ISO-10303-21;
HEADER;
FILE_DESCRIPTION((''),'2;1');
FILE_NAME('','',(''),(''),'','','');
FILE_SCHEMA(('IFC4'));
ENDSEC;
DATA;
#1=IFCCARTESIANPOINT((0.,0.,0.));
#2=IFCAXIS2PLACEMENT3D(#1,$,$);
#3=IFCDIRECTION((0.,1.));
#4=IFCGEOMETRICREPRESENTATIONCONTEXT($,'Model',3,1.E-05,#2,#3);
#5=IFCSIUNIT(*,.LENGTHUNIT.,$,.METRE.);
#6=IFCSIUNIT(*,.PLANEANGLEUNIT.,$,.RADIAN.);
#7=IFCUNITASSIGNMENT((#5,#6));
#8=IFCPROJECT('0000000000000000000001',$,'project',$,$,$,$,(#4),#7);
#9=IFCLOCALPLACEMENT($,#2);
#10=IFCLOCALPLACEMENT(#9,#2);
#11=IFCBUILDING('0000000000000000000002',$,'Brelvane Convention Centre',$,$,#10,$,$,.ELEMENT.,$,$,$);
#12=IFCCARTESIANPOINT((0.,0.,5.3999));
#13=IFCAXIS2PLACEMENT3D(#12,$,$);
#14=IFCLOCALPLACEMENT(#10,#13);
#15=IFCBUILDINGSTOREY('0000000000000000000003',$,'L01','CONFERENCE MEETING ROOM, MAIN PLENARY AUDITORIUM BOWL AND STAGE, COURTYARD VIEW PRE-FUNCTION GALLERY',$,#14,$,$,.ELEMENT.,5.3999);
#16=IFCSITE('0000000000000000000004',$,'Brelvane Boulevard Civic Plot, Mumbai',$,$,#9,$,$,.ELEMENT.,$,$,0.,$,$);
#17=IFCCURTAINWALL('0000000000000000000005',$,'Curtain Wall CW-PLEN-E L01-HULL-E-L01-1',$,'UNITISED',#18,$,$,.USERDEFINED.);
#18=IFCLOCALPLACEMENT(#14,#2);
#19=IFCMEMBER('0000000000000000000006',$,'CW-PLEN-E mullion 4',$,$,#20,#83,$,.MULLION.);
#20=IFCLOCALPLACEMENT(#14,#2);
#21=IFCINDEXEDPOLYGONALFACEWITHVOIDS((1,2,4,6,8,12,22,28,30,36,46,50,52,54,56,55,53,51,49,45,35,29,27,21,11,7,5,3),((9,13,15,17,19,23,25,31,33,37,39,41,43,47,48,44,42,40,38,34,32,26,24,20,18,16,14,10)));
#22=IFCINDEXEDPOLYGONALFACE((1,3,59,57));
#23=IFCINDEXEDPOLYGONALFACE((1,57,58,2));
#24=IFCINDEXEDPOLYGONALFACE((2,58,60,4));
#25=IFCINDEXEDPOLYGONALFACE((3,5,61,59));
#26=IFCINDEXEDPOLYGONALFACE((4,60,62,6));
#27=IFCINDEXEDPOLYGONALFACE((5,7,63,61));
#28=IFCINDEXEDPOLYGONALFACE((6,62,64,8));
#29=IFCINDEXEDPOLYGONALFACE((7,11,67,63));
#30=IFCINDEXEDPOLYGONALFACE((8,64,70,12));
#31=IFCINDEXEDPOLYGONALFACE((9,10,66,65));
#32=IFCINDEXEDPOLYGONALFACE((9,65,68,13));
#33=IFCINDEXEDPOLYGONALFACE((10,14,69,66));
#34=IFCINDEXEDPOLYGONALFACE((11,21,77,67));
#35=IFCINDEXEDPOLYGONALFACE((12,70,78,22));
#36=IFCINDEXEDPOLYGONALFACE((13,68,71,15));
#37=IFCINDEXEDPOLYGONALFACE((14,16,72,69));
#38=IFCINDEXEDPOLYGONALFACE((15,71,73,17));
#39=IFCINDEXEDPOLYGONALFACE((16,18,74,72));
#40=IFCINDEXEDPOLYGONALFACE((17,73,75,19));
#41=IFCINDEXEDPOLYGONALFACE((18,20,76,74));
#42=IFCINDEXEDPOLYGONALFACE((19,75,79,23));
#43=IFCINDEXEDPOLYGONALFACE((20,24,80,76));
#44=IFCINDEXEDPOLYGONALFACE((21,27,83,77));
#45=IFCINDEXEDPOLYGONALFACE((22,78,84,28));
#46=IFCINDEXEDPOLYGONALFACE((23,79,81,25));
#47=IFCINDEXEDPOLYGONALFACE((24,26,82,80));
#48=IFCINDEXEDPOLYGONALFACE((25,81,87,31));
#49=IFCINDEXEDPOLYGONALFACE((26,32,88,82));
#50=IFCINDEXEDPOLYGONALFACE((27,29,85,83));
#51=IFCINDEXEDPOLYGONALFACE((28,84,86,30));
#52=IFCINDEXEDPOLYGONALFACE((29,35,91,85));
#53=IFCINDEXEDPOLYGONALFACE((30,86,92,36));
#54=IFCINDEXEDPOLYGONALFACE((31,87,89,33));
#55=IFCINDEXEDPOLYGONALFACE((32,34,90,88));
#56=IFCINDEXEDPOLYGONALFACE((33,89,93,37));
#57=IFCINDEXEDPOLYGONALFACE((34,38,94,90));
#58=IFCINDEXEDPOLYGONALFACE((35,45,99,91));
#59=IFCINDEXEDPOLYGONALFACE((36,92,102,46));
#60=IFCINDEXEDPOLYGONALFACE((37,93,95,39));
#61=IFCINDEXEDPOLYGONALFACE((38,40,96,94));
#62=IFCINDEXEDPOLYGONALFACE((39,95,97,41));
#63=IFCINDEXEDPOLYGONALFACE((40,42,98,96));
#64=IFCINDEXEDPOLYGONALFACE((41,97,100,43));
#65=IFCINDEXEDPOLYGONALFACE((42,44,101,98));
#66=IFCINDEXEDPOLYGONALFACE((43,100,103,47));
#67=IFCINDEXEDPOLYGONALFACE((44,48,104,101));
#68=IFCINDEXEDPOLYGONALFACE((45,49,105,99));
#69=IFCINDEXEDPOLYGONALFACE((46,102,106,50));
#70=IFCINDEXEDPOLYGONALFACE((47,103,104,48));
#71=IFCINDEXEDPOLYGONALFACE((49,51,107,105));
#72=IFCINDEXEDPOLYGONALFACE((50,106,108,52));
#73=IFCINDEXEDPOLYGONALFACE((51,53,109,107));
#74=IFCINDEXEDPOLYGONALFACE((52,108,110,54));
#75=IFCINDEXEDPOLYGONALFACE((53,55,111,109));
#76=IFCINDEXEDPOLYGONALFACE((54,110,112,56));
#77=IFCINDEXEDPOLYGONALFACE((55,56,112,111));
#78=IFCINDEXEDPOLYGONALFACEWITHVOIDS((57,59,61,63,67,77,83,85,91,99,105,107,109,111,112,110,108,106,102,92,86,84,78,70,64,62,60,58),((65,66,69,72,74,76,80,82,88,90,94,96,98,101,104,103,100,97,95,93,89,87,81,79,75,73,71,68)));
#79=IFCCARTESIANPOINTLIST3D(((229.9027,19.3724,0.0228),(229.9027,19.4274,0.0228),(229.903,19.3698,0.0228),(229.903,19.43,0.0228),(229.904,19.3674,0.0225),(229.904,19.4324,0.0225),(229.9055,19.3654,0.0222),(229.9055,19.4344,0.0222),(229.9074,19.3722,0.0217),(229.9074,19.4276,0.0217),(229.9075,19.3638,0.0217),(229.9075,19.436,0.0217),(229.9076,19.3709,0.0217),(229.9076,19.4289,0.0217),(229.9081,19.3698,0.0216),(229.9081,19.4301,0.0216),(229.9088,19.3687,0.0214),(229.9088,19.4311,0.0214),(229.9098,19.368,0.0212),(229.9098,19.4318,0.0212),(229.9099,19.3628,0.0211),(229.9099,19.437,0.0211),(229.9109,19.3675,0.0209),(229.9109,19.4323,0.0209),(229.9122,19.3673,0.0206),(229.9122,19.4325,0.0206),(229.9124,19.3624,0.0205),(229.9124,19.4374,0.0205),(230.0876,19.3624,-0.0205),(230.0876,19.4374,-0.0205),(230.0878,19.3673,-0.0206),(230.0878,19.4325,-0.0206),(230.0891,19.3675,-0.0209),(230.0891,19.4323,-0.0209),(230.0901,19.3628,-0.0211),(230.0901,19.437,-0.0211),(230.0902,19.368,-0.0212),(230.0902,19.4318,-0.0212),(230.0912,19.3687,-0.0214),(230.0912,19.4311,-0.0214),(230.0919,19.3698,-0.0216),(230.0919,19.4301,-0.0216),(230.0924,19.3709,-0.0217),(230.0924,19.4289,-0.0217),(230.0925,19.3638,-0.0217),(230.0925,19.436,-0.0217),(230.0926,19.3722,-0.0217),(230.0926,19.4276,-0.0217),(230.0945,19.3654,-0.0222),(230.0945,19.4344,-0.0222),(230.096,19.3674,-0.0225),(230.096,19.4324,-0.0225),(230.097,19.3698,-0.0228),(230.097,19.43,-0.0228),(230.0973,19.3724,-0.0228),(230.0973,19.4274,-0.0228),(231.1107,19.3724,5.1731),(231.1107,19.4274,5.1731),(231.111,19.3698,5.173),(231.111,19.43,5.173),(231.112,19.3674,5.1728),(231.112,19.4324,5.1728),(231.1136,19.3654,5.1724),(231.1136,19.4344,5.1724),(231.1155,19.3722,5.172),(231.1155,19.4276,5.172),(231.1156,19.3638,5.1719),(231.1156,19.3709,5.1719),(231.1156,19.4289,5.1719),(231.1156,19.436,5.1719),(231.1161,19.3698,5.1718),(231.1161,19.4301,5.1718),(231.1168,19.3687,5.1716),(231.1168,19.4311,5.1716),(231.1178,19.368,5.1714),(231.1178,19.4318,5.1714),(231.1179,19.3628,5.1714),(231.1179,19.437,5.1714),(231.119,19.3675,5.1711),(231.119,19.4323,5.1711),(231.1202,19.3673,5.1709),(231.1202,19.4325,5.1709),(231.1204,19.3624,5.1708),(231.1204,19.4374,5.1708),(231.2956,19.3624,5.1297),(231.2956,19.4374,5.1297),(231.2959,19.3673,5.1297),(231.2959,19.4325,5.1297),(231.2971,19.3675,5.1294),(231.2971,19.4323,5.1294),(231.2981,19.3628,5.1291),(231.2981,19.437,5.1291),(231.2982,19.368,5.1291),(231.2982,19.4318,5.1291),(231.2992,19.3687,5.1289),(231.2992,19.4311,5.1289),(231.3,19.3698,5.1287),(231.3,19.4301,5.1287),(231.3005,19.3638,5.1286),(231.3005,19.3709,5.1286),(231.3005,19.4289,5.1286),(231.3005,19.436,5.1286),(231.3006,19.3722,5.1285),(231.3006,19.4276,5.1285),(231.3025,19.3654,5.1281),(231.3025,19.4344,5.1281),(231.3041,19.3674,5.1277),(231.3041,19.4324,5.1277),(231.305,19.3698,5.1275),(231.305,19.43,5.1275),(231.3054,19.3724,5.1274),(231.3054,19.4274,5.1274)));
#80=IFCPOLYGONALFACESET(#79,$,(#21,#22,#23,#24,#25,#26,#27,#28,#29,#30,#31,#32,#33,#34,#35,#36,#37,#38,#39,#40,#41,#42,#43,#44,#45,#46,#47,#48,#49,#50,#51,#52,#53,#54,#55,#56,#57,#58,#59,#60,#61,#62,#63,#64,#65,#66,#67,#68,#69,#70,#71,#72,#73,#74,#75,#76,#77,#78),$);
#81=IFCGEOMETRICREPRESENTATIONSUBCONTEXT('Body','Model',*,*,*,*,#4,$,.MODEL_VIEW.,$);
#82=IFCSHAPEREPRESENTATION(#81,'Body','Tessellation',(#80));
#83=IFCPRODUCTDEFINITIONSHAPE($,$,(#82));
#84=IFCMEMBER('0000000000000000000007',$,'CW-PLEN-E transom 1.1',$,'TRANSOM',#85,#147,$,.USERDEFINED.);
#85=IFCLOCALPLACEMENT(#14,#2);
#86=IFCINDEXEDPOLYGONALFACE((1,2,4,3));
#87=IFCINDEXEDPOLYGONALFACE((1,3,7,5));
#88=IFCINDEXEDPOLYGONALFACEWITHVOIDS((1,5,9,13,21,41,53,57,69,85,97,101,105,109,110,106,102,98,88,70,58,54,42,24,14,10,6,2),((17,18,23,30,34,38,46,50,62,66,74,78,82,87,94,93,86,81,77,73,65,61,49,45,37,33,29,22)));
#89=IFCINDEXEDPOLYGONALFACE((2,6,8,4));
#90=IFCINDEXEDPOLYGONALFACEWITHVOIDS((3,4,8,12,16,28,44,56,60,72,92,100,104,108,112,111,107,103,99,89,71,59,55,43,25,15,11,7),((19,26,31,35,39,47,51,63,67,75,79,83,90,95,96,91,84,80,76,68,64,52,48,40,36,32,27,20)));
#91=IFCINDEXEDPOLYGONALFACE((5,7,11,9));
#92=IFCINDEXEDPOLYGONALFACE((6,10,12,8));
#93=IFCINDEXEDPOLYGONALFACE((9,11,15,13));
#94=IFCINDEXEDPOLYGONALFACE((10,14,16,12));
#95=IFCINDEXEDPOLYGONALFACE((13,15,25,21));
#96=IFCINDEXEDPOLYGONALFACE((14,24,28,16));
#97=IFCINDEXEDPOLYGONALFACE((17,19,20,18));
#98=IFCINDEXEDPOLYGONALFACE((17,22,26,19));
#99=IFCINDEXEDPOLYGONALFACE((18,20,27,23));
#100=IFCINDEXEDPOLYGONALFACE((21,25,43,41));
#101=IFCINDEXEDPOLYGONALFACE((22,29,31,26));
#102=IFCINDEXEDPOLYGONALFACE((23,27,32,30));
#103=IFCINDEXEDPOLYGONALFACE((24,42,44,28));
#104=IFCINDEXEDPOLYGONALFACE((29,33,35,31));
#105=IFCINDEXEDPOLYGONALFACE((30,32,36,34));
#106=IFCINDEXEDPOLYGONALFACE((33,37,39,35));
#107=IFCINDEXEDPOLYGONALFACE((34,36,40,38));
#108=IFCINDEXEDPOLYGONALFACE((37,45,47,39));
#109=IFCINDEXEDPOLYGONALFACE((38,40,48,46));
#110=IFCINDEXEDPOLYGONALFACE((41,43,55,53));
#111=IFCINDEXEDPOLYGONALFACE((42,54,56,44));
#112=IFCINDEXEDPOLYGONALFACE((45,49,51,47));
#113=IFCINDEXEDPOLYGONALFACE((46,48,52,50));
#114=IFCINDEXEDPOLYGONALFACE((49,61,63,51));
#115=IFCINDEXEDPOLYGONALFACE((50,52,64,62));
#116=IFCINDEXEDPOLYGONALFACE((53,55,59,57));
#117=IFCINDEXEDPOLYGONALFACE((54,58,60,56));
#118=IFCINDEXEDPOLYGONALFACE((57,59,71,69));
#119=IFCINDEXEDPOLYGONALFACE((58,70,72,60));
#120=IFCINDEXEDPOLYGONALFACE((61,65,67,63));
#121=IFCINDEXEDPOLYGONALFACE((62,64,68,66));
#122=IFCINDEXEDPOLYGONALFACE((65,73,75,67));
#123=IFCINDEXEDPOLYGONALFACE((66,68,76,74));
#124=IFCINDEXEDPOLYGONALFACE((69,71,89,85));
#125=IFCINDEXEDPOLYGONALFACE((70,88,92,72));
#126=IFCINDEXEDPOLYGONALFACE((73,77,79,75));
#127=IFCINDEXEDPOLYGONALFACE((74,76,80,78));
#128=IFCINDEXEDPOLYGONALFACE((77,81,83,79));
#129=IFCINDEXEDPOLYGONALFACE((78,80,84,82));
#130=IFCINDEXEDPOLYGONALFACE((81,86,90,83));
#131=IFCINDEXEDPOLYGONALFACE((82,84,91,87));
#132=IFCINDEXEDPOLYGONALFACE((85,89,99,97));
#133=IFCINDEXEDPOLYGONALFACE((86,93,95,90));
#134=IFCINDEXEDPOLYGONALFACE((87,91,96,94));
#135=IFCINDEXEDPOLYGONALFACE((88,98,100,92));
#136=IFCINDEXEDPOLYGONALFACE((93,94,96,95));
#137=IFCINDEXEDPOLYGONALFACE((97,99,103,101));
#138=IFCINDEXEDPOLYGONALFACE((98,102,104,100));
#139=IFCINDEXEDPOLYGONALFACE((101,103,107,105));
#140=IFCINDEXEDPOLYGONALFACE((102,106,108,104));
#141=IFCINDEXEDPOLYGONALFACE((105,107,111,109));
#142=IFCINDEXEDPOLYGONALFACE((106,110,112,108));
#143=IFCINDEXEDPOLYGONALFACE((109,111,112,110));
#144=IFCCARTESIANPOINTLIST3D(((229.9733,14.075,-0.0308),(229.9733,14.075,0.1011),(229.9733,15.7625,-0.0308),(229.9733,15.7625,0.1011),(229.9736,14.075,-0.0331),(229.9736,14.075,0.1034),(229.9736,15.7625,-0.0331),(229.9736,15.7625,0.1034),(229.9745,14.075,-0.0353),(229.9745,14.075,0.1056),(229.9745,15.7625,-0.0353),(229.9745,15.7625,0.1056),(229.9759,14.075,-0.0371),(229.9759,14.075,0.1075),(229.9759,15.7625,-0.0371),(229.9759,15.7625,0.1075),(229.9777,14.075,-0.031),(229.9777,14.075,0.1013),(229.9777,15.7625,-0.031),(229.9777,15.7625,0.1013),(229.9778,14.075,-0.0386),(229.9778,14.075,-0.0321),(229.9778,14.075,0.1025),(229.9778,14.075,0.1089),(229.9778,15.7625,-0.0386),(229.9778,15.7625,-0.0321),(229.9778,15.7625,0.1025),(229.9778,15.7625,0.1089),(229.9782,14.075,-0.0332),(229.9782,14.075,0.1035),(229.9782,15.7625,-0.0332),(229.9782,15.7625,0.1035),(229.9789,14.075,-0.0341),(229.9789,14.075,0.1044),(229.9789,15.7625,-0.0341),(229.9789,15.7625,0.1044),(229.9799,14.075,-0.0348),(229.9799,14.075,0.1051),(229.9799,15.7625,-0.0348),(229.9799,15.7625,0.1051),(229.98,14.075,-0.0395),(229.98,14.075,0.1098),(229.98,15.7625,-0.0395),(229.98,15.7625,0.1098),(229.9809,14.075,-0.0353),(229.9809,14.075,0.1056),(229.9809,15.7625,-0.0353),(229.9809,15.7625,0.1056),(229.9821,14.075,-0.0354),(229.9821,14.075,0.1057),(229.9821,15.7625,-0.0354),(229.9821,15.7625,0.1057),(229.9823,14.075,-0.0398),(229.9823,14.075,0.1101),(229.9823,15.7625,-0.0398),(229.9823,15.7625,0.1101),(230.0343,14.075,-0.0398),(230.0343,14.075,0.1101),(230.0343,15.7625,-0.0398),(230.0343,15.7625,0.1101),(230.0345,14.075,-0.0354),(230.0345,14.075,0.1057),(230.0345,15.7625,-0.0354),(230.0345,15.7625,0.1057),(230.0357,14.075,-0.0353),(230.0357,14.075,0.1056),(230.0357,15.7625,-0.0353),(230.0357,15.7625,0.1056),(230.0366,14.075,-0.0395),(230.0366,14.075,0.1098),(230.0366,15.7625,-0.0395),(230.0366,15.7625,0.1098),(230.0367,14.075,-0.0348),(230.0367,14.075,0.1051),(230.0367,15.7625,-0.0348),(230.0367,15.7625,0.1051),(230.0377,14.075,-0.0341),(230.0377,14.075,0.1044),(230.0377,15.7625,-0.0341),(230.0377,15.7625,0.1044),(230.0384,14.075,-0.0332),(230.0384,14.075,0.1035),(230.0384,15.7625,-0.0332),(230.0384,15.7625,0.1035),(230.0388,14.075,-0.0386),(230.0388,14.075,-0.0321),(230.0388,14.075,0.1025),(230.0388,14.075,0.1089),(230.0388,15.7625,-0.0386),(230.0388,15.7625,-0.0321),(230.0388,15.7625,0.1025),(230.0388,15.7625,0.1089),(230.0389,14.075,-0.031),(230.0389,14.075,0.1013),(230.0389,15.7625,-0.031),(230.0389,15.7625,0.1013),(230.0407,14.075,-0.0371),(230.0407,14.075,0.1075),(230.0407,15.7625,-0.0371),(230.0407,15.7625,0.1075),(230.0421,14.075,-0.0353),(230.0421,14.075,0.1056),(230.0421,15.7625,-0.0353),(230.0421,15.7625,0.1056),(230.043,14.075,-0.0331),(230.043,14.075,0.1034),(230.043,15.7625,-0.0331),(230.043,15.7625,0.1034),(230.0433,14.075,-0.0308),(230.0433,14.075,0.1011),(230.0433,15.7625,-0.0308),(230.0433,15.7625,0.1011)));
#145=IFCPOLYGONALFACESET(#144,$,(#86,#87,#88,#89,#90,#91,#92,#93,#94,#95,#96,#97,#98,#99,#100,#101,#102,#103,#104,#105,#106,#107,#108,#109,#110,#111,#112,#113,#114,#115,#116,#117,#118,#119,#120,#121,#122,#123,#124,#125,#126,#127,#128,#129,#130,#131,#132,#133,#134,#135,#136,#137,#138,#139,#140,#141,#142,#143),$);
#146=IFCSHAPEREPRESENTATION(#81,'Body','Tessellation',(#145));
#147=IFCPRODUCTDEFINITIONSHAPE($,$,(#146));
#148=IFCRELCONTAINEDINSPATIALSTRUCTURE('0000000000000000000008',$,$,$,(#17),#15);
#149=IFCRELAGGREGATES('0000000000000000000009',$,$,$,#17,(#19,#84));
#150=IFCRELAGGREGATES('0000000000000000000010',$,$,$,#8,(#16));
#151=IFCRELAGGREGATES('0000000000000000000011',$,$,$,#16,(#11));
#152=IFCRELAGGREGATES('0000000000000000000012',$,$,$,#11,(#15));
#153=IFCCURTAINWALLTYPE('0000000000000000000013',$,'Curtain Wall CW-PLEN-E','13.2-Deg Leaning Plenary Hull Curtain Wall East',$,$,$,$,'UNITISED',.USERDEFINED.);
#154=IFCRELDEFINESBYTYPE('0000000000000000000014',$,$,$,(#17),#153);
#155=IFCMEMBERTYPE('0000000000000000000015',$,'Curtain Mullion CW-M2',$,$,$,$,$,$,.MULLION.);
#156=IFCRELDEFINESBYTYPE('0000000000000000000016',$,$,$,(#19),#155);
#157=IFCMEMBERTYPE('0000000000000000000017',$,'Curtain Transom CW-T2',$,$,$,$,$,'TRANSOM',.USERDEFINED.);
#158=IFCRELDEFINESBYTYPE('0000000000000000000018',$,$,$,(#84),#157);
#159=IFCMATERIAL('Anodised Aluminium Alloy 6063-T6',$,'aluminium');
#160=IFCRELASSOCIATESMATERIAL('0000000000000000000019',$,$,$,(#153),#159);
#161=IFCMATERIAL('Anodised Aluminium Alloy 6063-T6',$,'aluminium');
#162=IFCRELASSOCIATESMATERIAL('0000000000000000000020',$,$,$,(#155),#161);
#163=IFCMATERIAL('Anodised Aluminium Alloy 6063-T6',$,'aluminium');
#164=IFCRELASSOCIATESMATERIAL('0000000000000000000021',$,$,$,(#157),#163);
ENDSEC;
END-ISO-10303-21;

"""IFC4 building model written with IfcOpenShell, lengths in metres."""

from ifc_helpers import new_model, si_unit, direction, frame, origin, origin_2d, place, context, subcontext, project, spatial, hollow_rectangle, extrude, material, material_profile, profile_set, type_object, element, aggregate, save


model = new_model("IFC4")

# Units and contexts
model_context = context("Model", 3, precision=1e-05, world=origin(), true_north=direction((0.0, 1.0)))
body_context = subcontext(model_context, "Body", "Model", "MODEL_VIEW")
ifc_project = project(units=[si_unit("LENGTHUNIT", "METRE"), si_unit("PLANEANGLEUNIT", "RADIAN")], contexts=[model_context])

# Site, building, storey
site_placement = place(None, origin())
site = spatial("IfcSite", under=ifc_project, at=site_placement, Name="Brelvane Boulevard Civic Plot, Mumbai", CompositionType="ELEMENT", RefElevation=0.0)
building_placement = place(site_placement, origin())
building = spatial("IfcBuilding", under=site, at=building_placement, Name="Brelvane Convention Centre", CompositionType="ELEMENT")
storey_placement = place(building_placement, frame((0.0, 0.0, 5.3999)))
storey = spatial("IfcBuildingStorey", under=building, at=storey_placement, Name="L01", Description="CONFERENCE MEETING ROOM, MAIN PLENARY AUDITORIUM BOWL AND STAGE, COURTYARD VIEW PRE-FUNCTION GALLERY", CompositionType="ELEMENT", Elevation=5.3999)

# Curtain wall, members
ifc_material_1 = material(Name="Anodised Aluminium Alloy 6063-T6", Category="aluminium")
curtain_wall_type = type_object("IfcCurtainWallType", Name="Curtain Wall CW-PLEN-E", Description="13.2-Deg Leaning Plenary Hull Curtain Wall East", ElementType="UNITISED", PredefinedType="USERDEFINED", material=ifc_material_1)
curtain_wall_placement = place(storey_placement, origin())
curtain_wall = element("IfcCurtainWall", 1, at=curtain_wall_placement, inside=storey, type_object=curtain_wall_type, Name="Curtain Wall CW-PLEN-E L01-HULL-E-L01-1", ObjectType="UNITISED", PredefinedType="USERDEFINED")
ifc_material_2 = material(Name="Anodised Aluminium Alloy 6063-T6", Category="aluminium")
ifc_material_profile_1 = material_profile(ifc_material_2, hollow_rectangle(XDim=0.075, YDim=0.2, WallThickness=0.0049, InnerFilletRadius=0.0049, OuterFilletRadius=0.01, at=origin_2d()), Name="ALU-M 200x75x5.0")
ifc_profile_set_1 = profile_set([ifc_material_profile_1], Name="Anodised Aluminium Alloy 6063-T6")
member_type_1 = type_object("IfcMemberType", Name="Curtain Mullion CW-M2", PredefinedType="MULLION", material=ifc_profile_set_1)
member_1_placement = place(storey_placement, frame((230.0, 19.3999, 0.0), z_axis=(0.22836, 0.0, 0.973577), x_axis=(0.0, 1.0, 0.0)))
member_1 = element("IfcMember", 2, at=member_1_placement, type_object=member_type_1, Name="CW-PLEN-E mullion 4", PredefinedType="MULLION", context=body_context, shape_type="SweptSolid", body=[
    extrude(hollow_rectangle(XDim=0.075, YDim=0.2, WallThickness=0.0049, InnerFilletRadius=0.0049, OuterFilletRadius=0.01, at=origin_2d()), origin(), (0.0, 0.0, 1.0), 5.29),
])
ifc_material_3 = material(Name="Anodised Aluminium Alloy 6063-T6", Category="aluminium")
ifc_material_profile_2 = material_profile(ifc_material_3, hollow_rectangle(XDim=0.0701, YDim=0.1499, WallThickness=0.0044, InnerFilletRadius=0.0044, OuterFilletRadius=0.009, at=origin_2d()), Name="ALU-T 150x70x4.5")
ifc_profile_set_2 = profile_set([ifc_material_profile_2], Name="Anodised Aluminium Alloy 6063-T6")
member_type_2 = type_object("IfcMemberType", Name="Curtain Transom CW-T2", ElementType="TRANSOM", PredefinedType="USERDEFINED", material=ifc_profile_set_2)
member_2_placement = place(storey_placement, frame((230.0083, 14.075, 0.0352), z_axis=(0.0, 1.0, 0.0), x_axis=(-1.0, 0.0, 0.0)))
member_2 = element("IfcMember", 3, at=member_2_placement, type_object=member_type_2, Name="CW-PLEN-E transom 1.1", ObjectType="TRANSOM", PredefinedType="USERDEFINED", context=body_context, shape_type="SweptSolid", body=[
    extrude(hollow_rectangle(XDim=0.0701, YDim=0.1499, WallThickness=0.0044, InnerFilletRadius=0.0044, OuterFilletRadius=0.009, at=origin_2d()), origin(), (0.0, 0.0, 1.0), 1.6875),
])

aggregate(curtain_wall, [member_1, member_2])

save(model, "model.ifc")
